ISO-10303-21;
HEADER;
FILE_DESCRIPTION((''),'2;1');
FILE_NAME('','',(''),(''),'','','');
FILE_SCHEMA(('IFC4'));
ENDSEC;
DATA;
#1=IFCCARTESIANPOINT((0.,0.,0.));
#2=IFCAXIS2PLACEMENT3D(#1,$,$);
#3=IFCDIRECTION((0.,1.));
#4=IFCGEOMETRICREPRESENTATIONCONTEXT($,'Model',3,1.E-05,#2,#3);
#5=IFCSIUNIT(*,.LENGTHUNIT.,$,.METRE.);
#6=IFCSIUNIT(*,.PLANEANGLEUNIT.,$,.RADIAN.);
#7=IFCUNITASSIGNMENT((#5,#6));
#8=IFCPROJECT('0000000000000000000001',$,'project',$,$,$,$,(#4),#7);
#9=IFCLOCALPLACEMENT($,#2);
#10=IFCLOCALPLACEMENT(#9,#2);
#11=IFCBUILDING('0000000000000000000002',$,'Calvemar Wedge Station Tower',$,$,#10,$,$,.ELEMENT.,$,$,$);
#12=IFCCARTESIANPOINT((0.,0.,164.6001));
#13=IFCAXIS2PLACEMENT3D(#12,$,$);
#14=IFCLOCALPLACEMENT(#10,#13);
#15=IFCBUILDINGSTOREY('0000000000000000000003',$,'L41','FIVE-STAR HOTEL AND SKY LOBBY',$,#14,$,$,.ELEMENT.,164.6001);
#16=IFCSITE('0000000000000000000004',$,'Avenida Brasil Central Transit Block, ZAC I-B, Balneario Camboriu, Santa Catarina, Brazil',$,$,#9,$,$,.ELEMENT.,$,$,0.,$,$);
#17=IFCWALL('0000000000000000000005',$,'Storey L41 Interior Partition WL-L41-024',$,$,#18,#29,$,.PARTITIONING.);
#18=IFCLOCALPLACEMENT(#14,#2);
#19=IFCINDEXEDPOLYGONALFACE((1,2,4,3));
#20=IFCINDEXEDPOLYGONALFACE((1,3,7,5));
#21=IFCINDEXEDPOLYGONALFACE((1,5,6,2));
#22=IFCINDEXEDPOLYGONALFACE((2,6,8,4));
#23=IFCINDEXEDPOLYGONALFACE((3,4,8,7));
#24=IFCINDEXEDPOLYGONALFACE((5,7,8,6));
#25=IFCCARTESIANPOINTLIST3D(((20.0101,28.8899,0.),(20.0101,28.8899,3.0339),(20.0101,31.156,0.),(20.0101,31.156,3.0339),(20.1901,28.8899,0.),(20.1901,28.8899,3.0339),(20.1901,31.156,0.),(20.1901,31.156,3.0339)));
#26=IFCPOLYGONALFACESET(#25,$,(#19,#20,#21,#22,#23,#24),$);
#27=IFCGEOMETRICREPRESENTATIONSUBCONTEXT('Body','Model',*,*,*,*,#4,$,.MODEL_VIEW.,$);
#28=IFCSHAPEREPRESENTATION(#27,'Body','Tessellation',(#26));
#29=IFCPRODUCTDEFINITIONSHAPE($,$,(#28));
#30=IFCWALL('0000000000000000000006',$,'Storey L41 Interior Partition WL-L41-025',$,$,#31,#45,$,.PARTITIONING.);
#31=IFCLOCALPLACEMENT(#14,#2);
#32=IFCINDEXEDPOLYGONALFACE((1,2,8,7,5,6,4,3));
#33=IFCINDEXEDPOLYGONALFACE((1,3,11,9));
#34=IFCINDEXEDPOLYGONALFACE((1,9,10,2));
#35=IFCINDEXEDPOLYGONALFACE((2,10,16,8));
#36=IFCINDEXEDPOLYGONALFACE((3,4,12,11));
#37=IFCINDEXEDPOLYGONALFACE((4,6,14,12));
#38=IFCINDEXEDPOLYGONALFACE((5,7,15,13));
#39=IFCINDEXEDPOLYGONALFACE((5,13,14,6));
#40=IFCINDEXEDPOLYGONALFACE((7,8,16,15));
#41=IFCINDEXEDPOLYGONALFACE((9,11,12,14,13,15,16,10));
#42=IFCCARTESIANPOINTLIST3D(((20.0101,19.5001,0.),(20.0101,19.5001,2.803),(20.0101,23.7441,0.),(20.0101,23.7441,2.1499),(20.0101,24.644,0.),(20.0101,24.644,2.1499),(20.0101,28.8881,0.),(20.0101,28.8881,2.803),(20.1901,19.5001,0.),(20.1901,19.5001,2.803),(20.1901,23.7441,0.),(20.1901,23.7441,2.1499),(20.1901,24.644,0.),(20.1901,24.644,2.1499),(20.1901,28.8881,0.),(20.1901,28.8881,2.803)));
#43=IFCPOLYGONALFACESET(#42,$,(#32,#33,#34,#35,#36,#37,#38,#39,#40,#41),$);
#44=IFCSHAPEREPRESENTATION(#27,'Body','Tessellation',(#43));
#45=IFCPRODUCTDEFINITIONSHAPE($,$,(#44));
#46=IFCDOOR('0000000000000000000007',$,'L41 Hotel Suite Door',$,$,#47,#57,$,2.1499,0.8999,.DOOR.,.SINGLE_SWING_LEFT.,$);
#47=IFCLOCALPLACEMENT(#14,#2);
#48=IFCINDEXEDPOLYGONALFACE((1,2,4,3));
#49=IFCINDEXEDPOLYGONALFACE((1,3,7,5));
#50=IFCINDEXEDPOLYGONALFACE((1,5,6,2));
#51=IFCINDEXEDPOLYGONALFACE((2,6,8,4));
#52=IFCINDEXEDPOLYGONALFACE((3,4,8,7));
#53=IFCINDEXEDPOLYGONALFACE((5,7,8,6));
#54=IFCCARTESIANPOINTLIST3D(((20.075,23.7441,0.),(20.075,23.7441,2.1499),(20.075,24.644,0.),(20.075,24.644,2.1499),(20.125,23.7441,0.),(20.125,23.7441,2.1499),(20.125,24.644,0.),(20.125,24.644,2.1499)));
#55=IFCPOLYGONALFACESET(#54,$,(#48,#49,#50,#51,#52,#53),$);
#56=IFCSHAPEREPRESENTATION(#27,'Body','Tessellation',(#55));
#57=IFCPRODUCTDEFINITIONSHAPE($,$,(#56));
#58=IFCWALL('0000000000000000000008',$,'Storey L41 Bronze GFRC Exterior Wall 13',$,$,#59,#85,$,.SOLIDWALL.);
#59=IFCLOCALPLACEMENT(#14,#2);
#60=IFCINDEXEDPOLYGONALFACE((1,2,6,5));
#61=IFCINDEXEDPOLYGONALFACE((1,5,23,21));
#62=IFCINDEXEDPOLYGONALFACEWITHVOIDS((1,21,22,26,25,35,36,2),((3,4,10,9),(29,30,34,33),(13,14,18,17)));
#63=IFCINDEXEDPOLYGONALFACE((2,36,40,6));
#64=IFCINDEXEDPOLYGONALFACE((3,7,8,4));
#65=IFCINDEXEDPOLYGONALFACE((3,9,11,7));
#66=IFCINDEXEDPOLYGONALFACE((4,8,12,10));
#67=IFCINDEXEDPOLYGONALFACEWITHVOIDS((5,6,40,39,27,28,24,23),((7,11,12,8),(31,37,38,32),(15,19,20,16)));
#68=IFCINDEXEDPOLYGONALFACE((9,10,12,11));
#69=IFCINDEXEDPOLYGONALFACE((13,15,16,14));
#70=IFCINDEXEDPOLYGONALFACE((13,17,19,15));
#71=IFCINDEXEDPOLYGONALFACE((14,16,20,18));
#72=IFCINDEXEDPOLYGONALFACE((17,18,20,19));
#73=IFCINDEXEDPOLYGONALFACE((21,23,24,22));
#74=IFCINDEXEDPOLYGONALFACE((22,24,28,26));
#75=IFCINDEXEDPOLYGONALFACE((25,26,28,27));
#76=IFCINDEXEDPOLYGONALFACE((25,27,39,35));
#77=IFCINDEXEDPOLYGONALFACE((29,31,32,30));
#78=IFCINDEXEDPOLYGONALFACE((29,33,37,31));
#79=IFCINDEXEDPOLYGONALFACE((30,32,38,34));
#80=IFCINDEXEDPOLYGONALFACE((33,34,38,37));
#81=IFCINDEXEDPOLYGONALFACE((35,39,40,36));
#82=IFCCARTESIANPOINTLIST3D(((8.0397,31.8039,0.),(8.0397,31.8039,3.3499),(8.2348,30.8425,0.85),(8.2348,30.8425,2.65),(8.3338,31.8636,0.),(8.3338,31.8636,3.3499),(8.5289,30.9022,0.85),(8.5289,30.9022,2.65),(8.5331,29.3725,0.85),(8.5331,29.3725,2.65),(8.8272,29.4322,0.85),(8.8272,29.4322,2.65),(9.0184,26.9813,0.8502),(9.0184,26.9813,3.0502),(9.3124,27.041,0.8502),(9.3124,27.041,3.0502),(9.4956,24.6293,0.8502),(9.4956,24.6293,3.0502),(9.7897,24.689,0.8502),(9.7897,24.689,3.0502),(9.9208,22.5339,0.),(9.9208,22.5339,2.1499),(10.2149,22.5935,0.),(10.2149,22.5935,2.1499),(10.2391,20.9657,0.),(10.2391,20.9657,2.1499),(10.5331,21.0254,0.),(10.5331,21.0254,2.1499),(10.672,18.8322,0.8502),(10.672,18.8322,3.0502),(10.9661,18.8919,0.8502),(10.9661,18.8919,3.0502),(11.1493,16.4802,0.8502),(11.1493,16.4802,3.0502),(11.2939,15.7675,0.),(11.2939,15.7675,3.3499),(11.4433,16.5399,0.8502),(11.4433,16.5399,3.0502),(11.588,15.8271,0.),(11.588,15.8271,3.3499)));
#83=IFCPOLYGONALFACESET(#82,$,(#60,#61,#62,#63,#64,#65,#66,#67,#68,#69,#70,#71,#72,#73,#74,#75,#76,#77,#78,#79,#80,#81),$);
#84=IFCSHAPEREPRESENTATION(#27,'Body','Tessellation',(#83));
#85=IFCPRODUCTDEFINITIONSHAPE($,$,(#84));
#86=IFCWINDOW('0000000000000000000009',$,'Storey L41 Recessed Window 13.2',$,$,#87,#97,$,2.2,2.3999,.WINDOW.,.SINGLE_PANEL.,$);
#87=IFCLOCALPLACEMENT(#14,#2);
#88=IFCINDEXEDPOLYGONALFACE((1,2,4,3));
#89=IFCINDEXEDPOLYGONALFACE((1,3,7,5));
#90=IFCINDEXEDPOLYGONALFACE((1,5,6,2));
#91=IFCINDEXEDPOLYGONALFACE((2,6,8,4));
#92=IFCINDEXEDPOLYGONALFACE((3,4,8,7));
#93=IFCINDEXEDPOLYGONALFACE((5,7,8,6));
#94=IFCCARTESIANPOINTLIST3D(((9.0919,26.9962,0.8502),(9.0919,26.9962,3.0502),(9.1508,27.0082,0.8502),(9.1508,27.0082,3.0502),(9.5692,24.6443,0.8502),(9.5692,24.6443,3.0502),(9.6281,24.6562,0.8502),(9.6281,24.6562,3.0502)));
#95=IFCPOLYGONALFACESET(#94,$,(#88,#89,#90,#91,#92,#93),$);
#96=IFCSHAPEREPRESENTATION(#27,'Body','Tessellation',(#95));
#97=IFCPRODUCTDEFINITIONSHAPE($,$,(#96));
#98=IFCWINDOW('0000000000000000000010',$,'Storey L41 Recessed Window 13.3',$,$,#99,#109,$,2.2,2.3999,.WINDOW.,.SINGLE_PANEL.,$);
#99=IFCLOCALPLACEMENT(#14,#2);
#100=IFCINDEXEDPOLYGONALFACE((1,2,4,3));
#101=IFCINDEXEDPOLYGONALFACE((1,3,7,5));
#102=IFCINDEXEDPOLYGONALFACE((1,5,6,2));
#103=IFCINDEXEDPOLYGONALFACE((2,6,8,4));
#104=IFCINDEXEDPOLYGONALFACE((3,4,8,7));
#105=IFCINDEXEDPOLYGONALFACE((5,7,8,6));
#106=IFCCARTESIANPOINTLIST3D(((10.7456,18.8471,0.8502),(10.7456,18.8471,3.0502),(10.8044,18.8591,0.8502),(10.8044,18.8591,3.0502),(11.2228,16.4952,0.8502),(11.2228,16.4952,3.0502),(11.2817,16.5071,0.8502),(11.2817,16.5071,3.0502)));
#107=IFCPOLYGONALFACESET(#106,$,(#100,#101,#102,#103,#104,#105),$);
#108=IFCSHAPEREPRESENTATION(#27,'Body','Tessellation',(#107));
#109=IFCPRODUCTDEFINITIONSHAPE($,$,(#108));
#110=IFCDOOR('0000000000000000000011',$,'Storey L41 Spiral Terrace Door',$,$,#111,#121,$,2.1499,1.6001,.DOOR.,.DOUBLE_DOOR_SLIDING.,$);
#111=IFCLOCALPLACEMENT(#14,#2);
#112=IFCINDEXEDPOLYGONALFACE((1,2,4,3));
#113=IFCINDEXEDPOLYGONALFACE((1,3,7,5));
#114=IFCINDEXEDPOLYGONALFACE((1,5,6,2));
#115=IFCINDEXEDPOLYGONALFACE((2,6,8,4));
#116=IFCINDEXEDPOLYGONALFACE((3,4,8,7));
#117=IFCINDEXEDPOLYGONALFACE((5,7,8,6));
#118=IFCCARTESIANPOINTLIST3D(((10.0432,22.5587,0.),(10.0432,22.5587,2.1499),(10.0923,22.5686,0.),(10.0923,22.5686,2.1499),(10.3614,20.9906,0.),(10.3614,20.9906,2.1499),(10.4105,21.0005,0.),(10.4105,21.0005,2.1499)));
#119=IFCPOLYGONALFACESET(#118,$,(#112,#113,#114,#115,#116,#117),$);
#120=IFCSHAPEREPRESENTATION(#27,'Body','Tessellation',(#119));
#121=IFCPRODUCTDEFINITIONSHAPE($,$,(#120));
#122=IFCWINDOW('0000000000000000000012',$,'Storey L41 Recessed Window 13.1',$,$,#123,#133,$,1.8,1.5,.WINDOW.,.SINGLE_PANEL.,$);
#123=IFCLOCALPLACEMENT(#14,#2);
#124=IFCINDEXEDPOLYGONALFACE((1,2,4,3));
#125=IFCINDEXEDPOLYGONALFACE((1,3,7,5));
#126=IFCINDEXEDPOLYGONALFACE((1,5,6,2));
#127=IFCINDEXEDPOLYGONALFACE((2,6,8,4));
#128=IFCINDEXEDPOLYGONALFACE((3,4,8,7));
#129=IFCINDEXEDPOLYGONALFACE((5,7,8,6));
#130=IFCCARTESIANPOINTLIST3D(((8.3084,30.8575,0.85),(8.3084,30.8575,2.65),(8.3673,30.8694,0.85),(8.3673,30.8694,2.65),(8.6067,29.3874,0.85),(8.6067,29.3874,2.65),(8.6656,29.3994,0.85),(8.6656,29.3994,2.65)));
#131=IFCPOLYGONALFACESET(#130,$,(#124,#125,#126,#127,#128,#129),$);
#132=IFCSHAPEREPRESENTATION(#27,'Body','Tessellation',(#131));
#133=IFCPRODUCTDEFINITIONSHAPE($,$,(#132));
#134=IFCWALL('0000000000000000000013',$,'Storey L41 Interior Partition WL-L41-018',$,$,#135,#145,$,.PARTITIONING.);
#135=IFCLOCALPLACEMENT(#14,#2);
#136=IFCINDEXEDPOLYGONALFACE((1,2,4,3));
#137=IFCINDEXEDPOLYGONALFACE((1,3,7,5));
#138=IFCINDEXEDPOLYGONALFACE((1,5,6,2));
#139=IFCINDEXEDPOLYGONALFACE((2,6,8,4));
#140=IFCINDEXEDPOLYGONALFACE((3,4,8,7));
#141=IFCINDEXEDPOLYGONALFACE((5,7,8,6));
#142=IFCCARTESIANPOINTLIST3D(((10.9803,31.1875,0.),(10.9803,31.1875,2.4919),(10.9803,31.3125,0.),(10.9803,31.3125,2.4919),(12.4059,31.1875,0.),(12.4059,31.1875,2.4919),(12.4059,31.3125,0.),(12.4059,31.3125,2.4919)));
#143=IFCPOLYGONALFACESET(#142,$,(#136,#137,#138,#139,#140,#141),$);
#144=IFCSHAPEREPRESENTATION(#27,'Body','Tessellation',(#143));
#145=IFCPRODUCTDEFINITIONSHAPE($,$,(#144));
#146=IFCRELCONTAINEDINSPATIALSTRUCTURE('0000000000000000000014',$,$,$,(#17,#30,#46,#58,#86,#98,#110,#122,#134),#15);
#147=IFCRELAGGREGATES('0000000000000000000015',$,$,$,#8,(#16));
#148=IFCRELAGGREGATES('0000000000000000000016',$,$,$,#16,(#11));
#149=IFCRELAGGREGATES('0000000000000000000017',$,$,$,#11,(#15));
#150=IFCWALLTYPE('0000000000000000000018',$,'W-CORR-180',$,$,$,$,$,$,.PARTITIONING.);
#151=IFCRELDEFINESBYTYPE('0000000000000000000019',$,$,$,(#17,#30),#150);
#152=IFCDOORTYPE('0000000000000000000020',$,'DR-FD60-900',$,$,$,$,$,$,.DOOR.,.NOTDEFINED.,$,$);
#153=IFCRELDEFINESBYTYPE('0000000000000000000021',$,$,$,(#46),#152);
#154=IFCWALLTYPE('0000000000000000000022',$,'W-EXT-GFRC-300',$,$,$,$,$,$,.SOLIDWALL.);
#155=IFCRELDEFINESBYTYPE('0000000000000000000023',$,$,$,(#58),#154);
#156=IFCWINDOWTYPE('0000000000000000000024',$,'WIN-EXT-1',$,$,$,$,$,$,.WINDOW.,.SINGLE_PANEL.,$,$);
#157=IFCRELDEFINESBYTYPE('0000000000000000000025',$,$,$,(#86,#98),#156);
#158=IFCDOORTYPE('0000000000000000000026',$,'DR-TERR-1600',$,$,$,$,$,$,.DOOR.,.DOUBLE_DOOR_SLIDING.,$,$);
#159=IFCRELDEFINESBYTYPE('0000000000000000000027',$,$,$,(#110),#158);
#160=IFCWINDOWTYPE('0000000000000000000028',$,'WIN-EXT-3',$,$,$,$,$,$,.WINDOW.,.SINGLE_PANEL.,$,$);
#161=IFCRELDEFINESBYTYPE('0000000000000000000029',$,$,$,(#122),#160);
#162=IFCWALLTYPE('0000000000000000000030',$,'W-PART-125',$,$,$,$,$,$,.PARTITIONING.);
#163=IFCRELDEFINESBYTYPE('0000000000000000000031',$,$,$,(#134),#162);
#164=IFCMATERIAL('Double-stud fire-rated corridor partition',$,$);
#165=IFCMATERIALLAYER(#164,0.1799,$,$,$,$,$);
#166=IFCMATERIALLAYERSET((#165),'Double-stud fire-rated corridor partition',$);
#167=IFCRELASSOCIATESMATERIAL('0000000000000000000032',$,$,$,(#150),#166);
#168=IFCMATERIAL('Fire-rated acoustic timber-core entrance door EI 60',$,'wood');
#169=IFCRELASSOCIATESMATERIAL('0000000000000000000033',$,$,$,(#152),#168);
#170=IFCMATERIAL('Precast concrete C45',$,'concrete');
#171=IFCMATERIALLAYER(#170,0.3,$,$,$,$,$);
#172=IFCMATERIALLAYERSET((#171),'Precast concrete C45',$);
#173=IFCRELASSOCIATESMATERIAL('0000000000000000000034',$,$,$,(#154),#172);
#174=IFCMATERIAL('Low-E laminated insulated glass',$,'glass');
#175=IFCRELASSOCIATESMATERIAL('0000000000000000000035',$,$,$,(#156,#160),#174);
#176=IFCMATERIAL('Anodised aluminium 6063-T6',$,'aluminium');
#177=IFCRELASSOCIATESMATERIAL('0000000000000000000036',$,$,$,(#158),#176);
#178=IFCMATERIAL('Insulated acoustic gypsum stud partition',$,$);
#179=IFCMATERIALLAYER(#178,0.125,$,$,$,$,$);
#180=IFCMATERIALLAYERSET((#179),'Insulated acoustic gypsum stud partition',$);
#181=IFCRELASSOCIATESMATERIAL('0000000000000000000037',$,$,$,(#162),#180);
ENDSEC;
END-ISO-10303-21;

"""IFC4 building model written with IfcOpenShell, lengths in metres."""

from ifc_helpers import new_model, si_unit, direction, frame, frame_2d, origin, place, context, subcontext, project, spatial, rectangle, extrude, source, transform, mapped, material, layer, layer_set, type_object, element, fill, save


model = new_model("IFC4")

# Units and contexts
model_context = context("Model", 3, precision=1e-05, world=origin(), true_north=direction((0.0, 1.0)))
body_context = subcontext(model_context, "Body", "Model", "MODEL_VIEW")
ifc_project = project(units=[si_unit("LENGTHUNIT", "METRE"), si_unit("PLANEANGLEUNIT", "RADIAN")], contexts=[model_context])

# Site, building, storey
site_placement = place(None, origin())
site = spatial("IfcSite", under=ifc_project, at=site_placement, Name="Avenida Brasil Central Transit Block, ZAC I-B, Balneario Camboriu, Santa Catarina, Brazil", CompositionType="ELEMENT", RefElevation=0.0)
building_placement = place(site_placement, origin())
building = spatial("IfcBuilding", under=site, at=building_placement, Name="Calvemar Wedge Station Tower", CompositionType="ELEMENT")
storey_placement = place(building_placement, frame((0.0, 0.0, 164.6001)))
storey = spatial("IfcBuildingStorey", under=building, at=storey_placement, Name="L41", Description="FIVE-STAR HOTEL AND SKY LOBBY", CompositionType="ELEMENT", Elevation=164.6001)

# Wall
ifc_material_1 = material(Name="Double-stud fire-rated corridor partition")
ifc_layer_1 = layer(ifc_material_1, 0.1799)
ifc_layer_set_1 = layer_set([ifc_layer_1], Name="Double-stud fire-rated corridor partition")
wall_type_1 = type_object("IfcWallType", Name="W-CORR-180", PredefinedType="PARTITIONING", material=ifc_layer_set_1)
wall_1_placement = place(storey_placement, frame((20.1001, 31.156, 0.0), z_axis=(0.0, 0.0, 1.0), x_axis=(0.0, -1.0, 0.0)))
element("IfcWall", 1, at=wall_1_placement, inside=storey, type_object=wall_type_1, Name="Storey L41 Interior Partition WL-L41-024", PredefinedType="PARTITIONING", context=body_context, shape_type="SweptSolid", body=[
    extrude(rectangle(XDim=2.2661, YDim=0.1799, at=frame_2d((1.1331, 0.0))), origin(), (0.0, 0.0, 1.0), 3.0339),
])

# Wall, opening, door
wall_2_placement = place(storey_placement, frame((20.1001, 28.8879, 0.0), z_axis=(0.0, 0.0, 1.0), x_axis=(0.0, -1.0, 0.0)))
wall_2 = element("IfcWall", 2, at=wall_2_placement, inside=storey, type_object=wall_type_1, Name="Storey L41 Interior Partition WL-L41-025", PredefinedType="PARTITIONING", context=body_context, shape_type="SweptSolid", body=[
    extrude(rectangle(XDim=9.3879, YDim=0.1799, at=frame_2d((4.6938, 0.0))), origin(), (0.0, 0.0, 1.0), 2.803),
])
shared_shape_1 = source(origin(), body_context, "Body", "SweptSolid", [
    extrude(rectangle(XDim=0.8999, YDim=2.1499, at=frame_2d((0.45, 1.075))), frame((0.0, 0.1001, 0.0), z_axis=(0.0, -1.0, 0.0), x_axis=(1.0, 0.0, 0.0)), (0.0, 0.0, 1.0), 0.2),
])
opening_1_placement = place(wall_2_placement, frame((4.2439, 0.0, 0.0)))
opening_1 = element("IfcOpeningElement", 3, at=opening_1_placement, cuts=wall_2, PredefinedType="OPENING", context=body_context, shape_type="MappedRepresentation", body=[
    mapped(shared_shape_1, transform((0.0, 0.0, 0.0), scale=1.0)),
])
ifc_material_2 = material(Name="Fire-rated acoustic timber-core entrance door EI 60", Category="wood")
door_type_1 = type_object("IfcDoorType", Name="DR-FD60-900", OperationType="NOTDEFINED", PredefinedType="DOOR", material=ifc_material_2)
shared_shape_2 = source(origin(), body_context, "Body", "SweptSolid", [
    extrude(rectangle(XDim=0.8999, YDim=2.1499, at=frame_2d((0.45, 1.075))), frame((0.0, 0.0249, 0.0), z_axis=(0.0, -1.0, 0.0), x_axis=(1.0, 0.0, 0.0)), (0.0, 0.0, 1.0), 0.05),
])
door_1_placement = place(opening_1_placement, origin())
door_1 = element("IfcDoor", 4, at=door_1_placement, inside=storey, type_object=door_type_1, Name="L41 Hotel Suite Door", OperationType="SINGLE_SWING_LEFT", OverallHeight=2.1499, OverallWidth=0.8999, PredefinedType="DOOR", context=body_context, shape_type="MappedRepresentation", body=[
    mapped(shared_shape_2, transform((0.0, 0.0, 0.0), scale=1.0)),
])
fill(opening_1, door_1)

# Wall, openings, windows, door
ifc_material_3 = material(Name="Precast concrete C45", Category="concrete")
ifc_layer_2 = layer(ifc_material_3, 0.3)
ifc_layer_set_2 = layer_set([ifc_layer_2], Name="Precast concrete C45")
wall_type_2 = type_object("IfcWallType", Name="W-EXT-GFRC-300", PredefinedType="SOLIDWALL", material=ifc_layer_set_2)
wall_3_placement = place(storey_placement, frame((8.1868, 31.8337, 0.0), z_axis=(0.0, 0.0, 1.0), x_axis=(0.19887, -0.980026, 0.0)))
wall_3 = element("IfcWall", 5, at=wall_3_placement, inside=storey, type_object=wall_type_2, Name="Storey L41 Bronze GFRC Exterior Wall 13", PredefinedType="SOLIDWALL", context=body_context, shape_type="SweptSolid", body=[
    extrude(rectangle(XDim=16.3633, YDim=0.3, at=frame_2d((8.1816, 0.0))), origin(), (0.0, 0.0, 1.0), 3.3499),
])
shared_shape_3 = source(origin(), body_context, "Body", "SweptSolid", [
    extrude(rectangle(XDim=1.6001, YDim=2.1499, at=frame_2d((0.8, 1.075))), frame((0.0, 0.1602, 0.0), z_axis=(0.0, -1.0, 0.0), x_axis=(1.0, 0.0, 0.0)), (0.0, 0.0, 1.0), 0.3201),
])
opening_2_placement = place(wall_3_placement, frame((9.459, 0.0, 0.0)))
opening_2 = element("IfcOpeningElement", 6, at=opening_2_placement, cuts=wall_3, PredefinedType="OPENING", context=body_context, shape_type="MappedRepresentation", body=[
    mapped(shared_shape_3, transform((0.0, 0.0, 0.0), scale=1.0)),
])
shared_shape_4 = source(origin(), body_context, "Body", "SweptSolid", [
    extrude(rectangle(XDim=1.5, YDim=1.8, at=frame_2d((0.75, 0.8999))), frame((0.0, 0.1602, 0.0), z_axis=(0.0, -1.0, 0.0), x_axis=(1.0, 0.0, 0.0)), (0.0, 0.0, 1.0), 0.3201),
])
opening_3_placement = place(wall_3_placement, frame((0.981, 0.0, 0.8501)))
opening_3 = element("IfcOpeningElement", 7, at=opening_3_placement, cuts=wall_3, PredefinedType="OPENING", context=body_context, shape_type="MappedRepresentation", body=[
    mapped(shared_shape_4, transform((0.0, 0.0, 0.0), scale=1.0)),
])
shared_shape_5 = source(origin(), body_context, "Body", "SweptSolid", [
    extrude(rectangle(XDim=2.3999, YDim=2.2, at=frame_2d((1.2, 1.1001))), frame((0.0, 0.1602, 0.0), z_axis=(0.0, -1.0, 0.0), x_axis=(1.0, 0.0, 0.0)), (0.0, 0.0, 1.0), 0.3201),
])
opening_4_placement = place(wall_3_placement, frame((4.9209, 0.0, 0.8501)))
opening_4 = element("IfcOpeningElement", 8, at=opening_4_placement, cuts=wall_3, PredefinedType="OPENING", context=body_context, shape_type="MappedRepresentation", body=[
    mapped(shared_shape_5, transform((0.0, 0.0, 0.0), scale=1.0)),
])
opening_5_placement = place(wall_3_placement, frame((13.2361, 0.0, 0.8501)))
opening_5 = element("IfcOpeningElement", 9, at=opening_5_placement, cuts=wall_3, PredefinedType="OPENING", context=body_context, shape_type="MappedRepresentation", body=[
    mapped(shared_shape_5, transform((0.0, 0.0, 0.0), scale=1.0)),
])
ifc_material_4 = material(Name="Low-E laminated insulated glass", Category="glass")
window_type_1 = type_object("IfcWindowType", Name="WIN-EXT-1", PartitioningType="SINGLE_PANEL", PredefinedType="WINDOW", material=ifc_material_4)
shared_shape_6 = source(origin(), body_context, "Body", "SweptSolid", [
    extrude(rectangle(XDim=2.3999, YDim=2.2, at=frame_2d((1.2, 1.1001))), frame((0.0, -0.0149, 0.0), z_axis=(0.0, -1.0, 0.0), x_axis=(1.0, 0.0, 0.0)), (0.0, 0.0, 1.0), 0.0601),
])
window_1_placement = place(opening_4_placement, origin())
window_1 = element("IfcWindow", 10, at=window_1_placement, inside=storey, type_object=window_type_1, Name="Storey L41 Recessed Window 13.2", OverallHeight=2.2, OverallWidth=2.3999, PartitioningType="SINGLE_PANEL", PredefinedType="WINDOW", context=body_context, shape_type="MappedRepresentation", body=[
    mapped(shared_shape_6, transform((0.0, 0.0, 0.0), scale=1.0)),
])
fill(opening_4, window_1)
window_2_placement = place(opening_5_placement, origin())
window_2 = element("IfcWindow", 11, at=window_2_placement, inside=storey, type_object=window_type_1, Name="Storey L41 Recessed Window 13.3", OverallHeight=2.2, OverallWidth=2.3999, PartitioningType="SINGLE_PANEL", PredefinedType="WINDOW", context=body_context, shape_type="MappedRepresentation", body=[
    mapped(shared_shape_6, transform((0.0, 0.0, 0.0), scale=1.0)),
])
fill(opening_5, window_2)
ifc_material_5 = material(Name="Anodised aluminium 6063-T6", Category="aluminium")
door_type_2 = type_object("IfcDoorType", Name="DR-TERR-1600", OperationType="DOUBLE_DOOR_SLIDING", PredefinedType="DOOR", material=ifc_material_5)
shared_shape_7 = source(origin(), body_context, "Body", "SweptSolid", [
    extrude(rectangle(XDim=1.6001, YDim=2.1499, at=frame_2d((0.8, 1.075))), frame((0.0, 0.0249, 0.0), z_axis=(0.0, -1.0, 0.0), x_axis=(1.0, 0.0, 0.0)), (0.0, 0.0, 1.0), 0.05),
])
door_2_placement = place(opening_2_placement, origin())
door_2 = element("IfcDoor", 12, at=door_2_placement, inside=storey, type_object=door_type_2, Name="Storey L41 Spiral Terrace Door", OperationType="DOUBLE_DOOR_SLIDING", OverallHeight=2.1499, OverallWidth=1.6001, PredefinedType="DOOR", context=body_context, shape_type="MappedRepresentation", body=[
    mapped(shared_shape_7, transform((0.0, 0.0, 0.0), scale=1.0)),
])
fill(opening_2, door_2)
window_type_2 = type_object("IfcWindowType", Name="WIN-EXT-3", PartitioningType="SINGLE_PANEL", PredefinedType="WINDOW", material=ifc_material_4)
shared_shape_8 = source(origin(), body_context, "Body", "SweptSolid", [
    extrude(rectangle(XDim=1.5, YDim=1.8, at=frame_2d((0.75, 0.8999))), frame((0.0, -0.0149, 0.0), z_axis=(0.0, -1.0, 0.0), x_axis=(1.0, 0.0, 0.0)), (0.0, 0.0, 1.0), 0.0601),
])
window_3_placement = place(opening_3_placement, origin())
window_3 = element("IfcWindow", 13, at=window_3_placement, inside=storey, type_object=window_type_2, Name="Storey L41 Recessed Window 13.1", OverallHeight=1.8, OverallWidth=1.5, PartitioningType="SINGLE_PANEL", PredefinedType="WINDOW", context=body_context, shape_type="MappedRepresentation", body=[
    mapped(shared_shape_8, transform((0.0, 0.0, 0.0), scale=1.0)),
])
fill(opening_3, window_3)

# Wall
ifc_material_6 = material(Name="Insulated acoustic gypsum stud partition")
ifc_layer_3 = layer(ifc_material_6, 0.125)
ifc_layer_set_3 = layer_set([ifc_layer_3], Name="Insulated acoustic gypsum stud partition")
wall_type_3 = type_object("IfcWallType", Name="W-PART-125", PredefinedType="PARTITIONING", material=ifc_layer_set_3)
wall_4_placement = place(storey_placement, frame((12.406, 31.25, 0.0), z_axis=(0.0, 0.0, 1.0), x_axis=(-1.0, 0.0, 0.0)))
element("IfcWall", 14, at=wall_4_placement, inside=storey, type_object=wall_type_3, Name="Storey L41 Interior Partition WL-L41-018", PredefinedType="PARTITIONING", context=body_context, shape_type="SweptSolid", body=[
    extrude(rectangle(XDim=1.4255, YDim=0.125, at=frame_2d((0.7129, 0.0))), origin(), (0.0, 0.0, 1.0), 2.4919),
])

save(model, "model.ifc")
